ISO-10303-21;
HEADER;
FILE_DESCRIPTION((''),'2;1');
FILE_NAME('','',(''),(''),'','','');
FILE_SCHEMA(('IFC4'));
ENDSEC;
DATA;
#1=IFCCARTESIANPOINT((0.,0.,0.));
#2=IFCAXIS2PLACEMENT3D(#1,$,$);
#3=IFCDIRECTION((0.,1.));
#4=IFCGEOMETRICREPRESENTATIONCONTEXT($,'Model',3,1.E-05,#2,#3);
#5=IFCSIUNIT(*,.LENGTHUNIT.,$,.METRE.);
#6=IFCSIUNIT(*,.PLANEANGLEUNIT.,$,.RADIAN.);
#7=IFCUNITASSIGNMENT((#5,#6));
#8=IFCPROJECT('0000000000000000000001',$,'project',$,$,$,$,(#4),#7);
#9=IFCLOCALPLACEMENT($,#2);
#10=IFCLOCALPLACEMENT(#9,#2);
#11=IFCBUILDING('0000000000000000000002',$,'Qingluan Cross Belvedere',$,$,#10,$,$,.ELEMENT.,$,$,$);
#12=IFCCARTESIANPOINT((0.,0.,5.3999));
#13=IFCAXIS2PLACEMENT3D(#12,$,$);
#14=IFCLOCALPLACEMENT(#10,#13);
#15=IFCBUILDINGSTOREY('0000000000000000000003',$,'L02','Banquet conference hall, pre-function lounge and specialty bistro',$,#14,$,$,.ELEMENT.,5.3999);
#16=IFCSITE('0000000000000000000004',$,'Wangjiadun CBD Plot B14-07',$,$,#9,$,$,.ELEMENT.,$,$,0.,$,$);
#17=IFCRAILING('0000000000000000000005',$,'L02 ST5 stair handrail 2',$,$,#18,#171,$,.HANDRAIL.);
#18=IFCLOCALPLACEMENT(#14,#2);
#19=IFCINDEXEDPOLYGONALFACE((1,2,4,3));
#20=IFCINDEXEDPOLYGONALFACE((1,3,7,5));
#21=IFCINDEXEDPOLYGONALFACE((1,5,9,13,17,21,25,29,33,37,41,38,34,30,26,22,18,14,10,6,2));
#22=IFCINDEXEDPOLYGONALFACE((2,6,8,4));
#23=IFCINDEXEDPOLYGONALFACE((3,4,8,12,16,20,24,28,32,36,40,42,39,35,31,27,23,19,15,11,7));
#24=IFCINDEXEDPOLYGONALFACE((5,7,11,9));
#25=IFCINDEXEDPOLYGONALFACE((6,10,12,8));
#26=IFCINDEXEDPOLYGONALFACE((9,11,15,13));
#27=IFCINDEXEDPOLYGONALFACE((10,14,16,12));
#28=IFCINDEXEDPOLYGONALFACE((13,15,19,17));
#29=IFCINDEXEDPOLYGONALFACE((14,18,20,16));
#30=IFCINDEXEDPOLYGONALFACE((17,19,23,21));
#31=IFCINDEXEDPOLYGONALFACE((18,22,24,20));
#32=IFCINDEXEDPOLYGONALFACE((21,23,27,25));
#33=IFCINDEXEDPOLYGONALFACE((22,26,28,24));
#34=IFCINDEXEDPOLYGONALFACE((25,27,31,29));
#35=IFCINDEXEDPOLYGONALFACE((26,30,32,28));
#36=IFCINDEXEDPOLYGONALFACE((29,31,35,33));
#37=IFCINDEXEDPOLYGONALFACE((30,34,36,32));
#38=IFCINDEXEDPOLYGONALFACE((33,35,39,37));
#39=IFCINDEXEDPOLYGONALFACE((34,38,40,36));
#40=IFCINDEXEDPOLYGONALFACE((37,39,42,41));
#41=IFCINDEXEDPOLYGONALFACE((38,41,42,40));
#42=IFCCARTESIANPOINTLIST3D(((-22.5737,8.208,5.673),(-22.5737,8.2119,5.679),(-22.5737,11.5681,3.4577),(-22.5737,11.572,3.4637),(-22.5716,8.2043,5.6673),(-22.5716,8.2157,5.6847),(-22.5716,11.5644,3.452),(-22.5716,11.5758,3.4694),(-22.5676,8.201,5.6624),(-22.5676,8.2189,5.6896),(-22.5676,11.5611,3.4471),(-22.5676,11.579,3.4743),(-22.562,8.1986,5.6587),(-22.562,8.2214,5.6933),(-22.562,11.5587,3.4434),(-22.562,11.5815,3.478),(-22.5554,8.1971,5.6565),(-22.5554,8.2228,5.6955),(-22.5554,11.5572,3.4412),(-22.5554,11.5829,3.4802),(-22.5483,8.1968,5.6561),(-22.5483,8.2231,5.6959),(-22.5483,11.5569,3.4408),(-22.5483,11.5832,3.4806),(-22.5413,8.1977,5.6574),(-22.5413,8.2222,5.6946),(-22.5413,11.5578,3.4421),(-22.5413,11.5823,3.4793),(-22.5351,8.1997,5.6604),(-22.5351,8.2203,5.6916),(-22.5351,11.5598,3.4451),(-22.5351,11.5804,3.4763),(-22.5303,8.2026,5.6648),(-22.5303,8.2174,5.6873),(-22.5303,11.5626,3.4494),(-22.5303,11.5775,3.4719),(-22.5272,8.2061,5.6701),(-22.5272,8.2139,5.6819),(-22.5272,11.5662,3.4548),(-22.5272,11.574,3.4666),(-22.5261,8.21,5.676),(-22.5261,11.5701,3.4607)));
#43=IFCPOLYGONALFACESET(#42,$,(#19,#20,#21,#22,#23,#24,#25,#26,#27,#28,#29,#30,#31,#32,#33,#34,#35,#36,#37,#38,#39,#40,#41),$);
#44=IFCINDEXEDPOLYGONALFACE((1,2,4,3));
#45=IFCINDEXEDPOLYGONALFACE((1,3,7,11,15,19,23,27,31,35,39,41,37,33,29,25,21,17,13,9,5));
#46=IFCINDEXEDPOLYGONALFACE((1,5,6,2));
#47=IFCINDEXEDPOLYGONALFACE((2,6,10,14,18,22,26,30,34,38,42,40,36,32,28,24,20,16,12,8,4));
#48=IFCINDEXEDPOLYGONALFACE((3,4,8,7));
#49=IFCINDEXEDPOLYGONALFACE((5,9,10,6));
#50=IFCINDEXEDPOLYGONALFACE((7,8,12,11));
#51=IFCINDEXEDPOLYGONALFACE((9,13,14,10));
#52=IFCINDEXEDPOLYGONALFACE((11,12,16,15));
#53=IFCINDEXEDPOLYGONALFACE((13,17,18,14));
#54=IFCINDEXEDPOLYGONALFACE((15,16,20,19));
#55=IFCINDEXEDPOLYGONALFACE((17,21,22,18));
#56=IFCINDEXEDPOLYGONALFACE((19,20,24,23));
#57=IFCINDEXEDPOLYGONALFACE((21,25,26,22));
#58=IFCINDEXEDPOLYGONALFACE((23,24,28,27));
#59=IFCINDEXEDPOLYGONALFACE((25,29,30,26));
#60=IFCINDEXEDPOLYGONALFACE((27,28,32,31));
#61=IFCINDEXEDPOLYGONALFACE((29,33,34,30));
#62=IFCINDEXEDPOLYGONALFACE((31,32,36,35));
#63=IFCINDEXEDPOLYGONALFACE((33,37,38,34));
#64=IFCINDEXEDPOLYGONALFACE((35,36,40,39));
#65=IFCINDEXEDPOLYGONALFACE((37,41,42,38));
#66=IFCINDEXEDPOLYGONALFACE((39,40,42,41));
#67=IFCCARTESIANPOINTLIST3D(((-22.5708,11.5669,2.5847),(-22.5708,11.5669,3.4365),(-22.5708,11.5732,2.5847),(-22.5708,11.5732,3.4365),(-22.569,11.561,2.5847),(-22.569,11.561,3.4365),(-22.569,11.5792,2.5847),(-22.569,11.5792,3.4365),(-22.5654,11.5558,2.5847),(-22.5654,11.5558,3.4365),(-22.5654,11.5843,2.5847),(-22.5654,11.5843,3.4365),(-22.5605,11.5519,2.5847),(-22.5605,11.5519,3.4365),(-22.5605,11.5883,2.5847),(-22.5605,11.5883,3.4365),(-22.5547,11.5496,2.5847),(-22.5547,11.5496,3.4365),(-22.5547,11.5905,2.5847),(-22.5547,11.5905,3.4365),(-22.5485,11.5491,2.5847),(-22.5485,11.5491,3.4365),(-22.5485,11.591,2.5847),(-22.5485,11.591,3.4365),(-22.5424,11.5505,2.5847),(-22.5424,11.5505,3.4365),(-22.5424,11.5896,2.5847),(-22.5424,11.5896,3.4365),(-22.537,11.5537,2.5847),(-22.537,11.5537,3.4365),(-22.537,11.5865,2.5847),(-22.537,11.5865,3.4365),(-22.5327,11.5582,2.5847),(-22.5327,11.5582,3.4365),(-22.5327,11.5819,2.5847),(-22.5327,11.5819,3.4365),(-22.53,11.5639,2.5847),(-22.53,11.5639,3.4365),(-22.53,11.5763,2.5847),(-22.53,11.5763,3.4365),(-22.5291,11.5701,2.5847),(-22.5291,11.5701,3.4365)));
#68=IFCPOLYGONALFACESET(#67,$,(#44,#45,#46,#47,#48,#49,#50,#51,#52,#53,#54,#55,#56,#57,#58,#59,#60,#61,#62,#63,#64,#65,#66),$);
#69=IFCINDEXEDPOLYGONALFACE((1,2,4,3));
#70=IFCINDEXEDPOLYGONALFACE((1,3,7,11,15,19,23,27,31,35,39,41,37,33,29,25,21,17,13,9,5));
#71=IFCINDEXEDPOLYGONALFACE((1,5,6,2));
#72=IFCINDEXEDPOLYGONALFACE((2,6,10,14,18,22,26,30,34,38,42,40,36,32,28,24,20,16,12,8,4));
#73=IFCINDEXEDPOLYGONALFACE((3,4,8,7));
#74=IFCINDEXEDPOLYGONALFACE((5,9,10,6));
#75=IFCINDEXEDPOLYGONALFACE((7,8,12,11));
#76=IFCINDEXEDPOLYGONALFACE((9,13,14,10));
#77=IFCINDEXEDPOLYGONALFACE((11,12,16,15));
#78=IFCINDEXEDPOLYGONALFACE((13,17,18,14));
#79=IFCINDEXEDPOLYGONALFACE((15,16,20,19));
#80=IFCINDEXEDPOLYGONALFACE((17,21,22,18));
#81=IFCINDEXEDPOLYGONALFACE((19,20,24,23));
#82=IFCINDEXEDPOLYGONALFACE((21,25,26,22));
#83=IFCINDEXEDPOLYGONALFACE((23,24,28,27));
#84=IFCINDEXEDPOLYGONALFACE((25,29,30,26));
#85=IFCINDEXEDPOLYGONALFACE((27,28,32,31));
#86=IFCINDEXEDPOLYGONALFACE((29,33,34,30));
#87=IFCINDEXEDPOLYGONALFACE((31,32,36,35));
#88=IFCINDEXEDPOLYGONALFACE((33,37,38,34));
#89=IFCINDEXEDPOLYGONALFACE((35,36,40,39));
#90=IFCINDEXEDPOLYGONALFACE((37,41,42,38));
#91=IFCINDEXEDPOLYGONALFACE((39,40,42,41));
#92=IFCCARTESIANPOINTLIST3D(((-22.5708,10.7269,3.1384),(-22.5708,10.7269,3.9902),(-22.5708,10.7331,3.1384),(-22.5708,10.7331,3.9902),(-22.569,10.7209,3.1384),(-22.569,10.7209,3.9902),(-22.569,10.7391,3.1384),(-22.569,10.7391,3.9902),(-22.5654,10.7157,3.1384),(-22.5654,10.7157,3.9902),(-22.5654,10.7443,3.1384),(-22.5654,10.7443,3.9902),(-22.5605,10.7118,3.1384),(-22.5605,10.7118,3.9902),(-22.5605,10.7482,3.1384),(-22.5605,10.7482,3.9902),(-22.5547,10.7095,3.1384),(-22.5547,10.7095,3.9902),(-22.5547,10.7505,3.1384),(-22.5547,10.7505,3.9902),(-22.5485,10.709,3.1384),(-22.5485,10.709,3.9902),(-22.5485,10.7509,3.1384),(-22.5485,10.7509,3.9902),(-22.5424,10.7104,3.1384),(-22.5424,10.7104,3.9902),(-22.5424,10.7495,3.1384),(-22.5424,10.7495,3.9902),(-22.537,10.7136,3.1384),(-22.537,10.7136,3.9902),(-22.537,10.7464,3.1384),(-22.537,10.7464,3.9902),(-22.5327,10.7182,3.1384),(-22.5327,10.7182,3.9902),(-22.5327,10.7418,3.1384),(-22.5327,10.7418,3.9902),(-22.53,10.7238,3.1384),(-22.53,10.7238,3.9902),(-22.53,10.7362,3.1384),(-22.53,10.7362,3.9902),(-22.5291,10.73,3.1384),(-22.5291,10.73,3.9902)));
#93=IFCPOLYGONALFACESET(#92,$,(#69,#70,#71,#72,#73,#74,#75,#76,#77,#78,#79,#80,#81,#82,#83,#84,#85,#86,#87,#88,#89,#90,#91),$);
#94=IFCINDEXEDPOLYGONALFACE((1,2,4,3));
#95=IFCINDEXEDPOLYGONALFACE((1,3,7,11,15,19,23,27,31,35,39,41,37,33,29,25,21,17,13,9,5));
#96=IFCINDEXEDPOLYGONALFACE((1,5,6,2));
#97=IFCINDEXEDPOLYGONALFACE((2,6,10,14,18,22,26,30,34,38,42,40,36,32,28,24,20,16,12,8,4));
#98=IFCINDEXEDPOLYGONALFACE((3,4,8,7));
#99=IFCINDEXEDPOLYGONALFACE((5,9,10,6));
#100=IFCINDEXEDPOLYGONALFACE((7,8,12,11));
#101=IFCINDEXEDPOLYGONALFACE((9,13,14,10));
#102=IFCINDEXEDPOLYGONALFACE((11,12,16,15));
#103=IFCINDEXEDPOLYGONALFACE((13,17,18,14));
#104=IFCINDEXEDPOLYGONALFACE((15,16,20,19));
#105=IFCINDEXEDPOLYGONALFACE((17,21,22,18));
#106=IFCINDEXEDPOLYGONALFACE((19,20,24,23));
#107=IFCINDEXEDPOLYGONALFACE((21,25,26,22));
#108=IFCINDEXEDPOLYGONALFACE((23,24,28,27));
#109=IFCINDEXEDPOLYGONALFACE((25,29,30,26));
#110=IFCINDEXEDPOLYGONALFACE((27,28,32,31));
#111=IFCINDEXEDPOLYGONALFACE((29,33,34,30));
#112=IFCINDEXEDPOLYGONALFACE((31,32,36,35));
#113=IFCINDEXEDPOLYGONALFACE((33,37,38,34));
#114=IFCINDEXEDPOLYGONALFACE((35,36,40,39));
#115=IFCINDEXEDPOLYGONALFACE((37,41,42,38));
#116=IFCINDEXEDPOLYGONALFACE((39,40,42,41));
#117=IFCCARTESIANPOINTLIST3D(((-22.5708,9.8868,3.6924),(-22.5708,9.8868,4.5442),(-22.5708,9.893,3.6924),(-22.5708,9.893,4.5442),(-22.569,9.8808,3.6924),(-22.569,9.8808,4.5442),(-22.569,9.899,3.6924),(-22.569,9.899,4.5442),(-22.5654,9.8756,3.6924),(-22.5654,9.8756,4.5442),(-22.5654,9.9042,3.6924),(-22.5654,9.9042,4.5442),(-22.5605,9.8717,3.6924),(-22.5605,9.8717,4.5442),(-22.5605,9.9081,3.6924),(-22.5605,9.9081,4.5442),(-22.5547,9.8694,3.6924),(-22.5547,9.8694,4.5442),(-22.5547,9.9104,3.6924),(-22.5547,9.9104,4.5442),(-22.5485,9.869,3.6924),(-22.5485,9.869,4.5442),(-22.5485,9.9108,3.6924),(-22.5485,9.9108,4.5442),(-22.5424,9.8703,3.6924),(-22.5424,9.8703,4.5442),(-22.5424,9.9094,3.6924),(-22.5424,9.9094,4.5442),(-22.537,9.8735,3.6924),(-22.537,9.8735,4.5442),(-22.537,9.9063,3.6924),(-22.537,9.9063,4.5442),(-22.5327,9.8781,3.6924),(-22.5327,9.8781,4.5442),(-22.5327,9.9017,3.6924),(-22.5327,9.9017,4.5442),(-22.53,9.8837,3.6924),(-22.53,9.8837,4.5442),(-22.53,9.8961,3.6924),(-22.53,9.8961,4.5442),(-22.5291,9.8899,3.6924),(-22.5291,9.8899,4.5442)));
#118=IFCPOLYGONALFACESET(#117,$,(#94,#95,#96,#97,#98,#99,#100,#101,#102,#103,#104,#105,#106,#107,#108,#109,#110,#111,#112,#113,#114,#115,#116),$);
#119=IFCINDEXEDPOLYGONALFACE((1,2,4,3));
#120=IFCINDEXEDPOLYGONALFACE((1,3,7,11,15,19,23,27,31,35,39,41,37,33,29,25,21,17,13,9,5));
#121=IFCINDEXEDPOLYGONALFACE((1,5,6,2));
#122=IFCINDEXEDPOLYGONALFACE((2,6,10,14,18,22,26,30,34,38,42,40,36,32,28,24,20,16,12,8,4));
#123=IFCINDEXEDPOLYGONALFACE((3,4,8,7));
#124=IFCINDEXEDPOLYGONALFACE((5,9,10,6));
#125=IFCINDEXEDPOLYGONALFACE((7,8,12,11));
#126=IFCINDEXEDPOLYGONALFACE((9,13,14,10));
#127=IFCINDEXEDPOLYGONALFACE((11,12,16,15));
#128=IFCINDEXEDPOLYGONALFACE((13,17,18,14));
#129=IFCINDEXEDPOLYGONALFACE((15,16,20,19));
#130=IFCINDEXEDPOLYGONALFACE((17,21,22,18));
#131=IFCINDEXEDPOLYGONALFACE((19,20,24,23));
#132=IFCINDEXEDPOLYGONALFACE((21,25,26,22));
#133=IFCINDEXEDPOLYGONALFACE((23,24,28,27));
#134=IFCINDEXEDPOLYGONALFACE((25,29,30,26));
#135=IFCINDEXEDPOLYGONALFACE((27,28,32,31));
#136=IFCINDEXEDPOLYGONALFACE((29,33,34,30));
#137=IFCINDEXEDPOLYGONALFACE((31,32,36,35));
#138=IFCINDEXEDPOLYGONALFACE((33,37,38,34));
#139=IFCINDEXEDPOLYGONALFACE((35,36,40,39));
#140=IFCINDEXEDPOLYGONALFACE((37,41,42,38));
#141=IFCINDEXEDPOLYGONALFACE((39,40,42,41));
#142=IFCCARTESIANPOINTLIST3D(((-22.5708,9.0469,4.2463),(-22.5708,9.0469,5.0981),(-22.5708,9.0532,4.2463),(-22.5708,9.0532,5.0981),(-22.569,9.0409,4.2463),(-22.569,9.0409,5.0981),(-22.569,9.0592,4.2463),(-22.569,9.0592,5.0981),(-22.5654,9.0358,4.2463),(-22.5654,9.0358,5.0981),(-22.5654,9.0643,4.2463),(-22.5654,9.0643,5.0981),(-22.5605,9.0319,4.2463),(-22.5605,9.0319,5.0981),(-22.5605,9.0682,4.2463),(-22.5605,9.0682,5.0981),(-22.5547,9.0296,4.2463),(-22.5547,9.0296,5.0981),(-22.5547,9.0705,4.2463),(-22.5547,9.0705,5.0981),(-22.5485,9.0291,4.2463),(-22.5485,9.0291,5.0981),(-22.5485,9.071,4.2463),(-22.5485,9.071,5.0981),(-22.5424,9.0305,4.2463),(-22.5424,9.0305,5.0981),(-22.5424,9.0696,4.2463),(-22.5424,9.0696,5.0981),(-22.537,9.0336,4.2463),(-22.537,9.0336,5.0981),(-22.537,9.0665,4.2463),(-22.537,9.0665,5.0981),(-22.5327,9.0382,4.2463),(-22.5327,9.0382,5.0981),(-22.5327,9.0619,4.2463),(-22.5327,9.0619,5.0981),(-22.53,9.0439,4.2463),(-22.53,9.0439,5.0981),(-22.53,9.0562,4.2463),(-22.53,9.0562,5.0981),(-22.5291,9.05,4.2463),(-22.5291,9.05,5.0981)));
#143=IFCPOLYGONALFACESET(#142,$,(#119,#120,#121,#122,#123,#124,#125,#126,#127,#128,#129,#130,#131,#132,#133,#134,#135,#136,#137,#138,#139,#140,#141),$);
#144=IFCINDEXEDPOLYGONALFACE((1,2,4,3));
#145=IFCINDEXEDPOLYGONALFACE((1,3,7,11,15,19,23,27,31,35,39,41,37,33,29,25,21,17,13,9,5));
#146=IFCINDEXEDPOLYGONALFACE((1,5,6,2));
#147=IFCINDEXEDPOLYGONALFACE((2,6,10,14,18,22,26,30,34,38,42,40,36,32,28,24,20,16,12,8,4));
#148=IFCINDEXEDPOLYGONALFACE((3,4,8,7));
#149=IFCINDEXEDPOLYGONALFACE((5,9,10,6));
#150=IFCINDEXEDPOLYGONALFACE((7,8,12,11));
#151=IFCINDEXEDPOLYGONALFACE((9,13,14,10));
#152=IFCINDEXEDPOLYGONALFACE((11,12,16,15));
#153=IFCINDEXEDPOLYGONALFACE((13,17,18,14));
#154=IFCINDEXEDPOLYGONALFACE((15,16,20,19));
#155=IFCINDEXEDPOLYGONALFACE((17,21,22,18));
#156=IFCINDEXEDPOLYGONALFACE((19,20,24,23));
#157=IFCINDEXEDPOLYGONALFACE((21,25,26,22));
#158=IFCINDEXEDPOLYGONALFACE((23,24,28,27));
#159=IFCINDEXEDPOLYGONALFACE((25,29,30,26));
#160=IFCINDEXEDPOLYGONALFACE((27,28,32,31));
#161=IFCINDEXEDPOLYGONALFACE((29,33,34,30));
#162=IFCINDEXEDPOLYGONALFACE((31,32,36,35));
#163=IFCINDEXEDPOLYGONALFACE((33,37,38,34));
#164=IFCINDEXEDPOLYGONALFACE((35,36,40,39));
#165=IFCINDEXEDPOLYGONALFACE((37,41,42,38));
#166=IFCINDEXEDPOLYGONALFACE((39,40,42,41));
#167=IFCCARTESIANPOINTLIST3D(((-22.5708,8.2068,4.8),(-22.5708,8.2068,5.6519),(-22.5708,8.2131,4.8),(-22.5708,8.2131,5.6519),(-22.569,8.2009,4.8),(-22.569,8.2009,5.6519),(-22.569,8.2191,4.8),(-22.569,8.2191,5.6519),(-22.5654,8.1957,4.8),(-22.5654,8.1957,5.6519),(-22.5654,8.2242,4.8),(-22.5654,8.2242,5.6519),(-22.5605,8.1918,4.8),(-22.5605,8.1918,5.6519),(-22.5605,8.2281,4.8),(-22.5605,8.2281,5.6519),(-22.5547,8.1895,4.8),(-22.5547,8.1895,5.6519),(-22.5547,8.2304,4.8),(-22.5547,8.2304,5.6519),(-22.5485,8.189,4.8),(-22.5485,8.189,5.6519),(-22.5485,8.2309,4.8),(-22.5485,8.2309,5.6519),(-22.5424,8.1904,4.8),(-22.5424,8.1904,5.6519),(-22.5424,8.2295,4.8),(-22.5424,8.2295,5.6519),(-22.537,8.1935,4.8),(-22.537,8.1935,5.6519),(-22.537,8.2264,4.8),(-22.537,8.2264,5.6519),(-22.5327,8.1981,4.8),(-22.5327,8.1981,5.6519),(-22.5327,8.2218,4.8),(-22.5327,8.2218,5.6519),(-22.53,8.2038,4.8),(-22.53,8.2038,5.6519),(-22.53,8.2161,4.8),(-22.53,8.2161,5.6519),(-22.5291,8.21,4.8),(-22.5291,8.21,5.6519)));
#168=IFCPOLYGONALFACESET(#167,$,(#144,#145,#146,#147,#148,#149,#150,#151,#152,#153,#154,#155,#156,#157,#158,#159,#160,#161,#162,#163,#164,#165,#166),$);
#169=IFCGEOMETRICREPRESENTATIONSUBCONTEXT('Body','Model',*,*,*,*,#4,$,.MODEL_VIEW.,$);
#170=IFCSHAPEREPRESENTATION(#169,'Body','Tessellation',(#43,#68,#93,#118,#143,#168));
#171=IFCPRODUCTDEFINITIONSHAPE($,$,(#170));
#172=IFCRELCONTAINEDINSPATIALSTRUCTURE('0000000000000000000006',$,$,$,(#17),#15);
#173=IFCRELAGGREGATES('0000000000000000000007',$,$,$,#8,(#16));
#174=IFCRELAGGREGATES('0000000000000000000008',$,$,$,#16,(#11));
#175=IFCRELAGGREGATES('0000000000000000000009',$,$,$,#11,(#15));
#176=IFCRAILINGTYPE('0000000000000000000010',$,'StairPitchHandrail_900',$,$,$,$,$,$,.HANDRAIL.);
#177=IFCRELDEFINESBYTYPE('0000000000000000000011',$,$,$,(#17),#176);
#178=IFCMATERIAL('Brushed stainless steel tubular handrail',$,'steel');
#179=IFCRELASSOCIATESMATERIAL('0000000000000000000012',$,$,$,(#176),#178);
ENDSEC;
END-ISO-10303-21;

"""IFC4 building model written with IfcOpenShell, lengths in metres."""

from ifc_helpers import new_model, si_unit, direction, frame, origin, origin_2d, place, context, subcontext, project, spatial, circle, extrude, material, type_object, element, save


model = new_model("IFC4")

# Units and contexts
model_context = context("Model", 3, precision=1e-05, world=origin(), true_north=direction((0.0, 1.0)))
body_context = subcontext(model_context, "Body", "Model", "MODEL_VIEW")
ifc_project = project(units=[si_unit("LENGTHUNIT", "METRE"), si_unit("PLANEANGLEUNIT", "RADIAN")], contexts=[model_context])

# Site, building, storey
site_placement = place(None, origin())
site = spatial("IfcSite", under=ifc_project, at=site_placement, Name="Wangjiadun CBD Plot B14-07", CompositionType="ELEMENT", RefElevation=0.0)
building_placement = place(site_placement, origin())
building = spatial("IfcBuilding", under=site, at=building_placement, Name="Qingluan Cross Belvedere", CompositionType="ELEMENT")
storey_placement = place(building_placement, frame((0.0, 0.0, 5.3999)))
storey = spatial("IfcBuildingStorey", under=building, at=storey_placement, Name="L02", Description="Banquet conference hall, pre-function lounge and specialty bistro", CompositionType="ELEMENT", Elevation=5.3999)

# Railing
ifc_material_1 = material(Name="Brushed stainless steel tubular handrail", Category="steel")
railing_type_1 = type_object("IfcRailingType", Name="StairPitchHandrail_900", PredefinedType="HANDRAIL", material=ifc_material_1)
railing_1_placement = place(storey_placement, frame((-22.55, 11.5701, 2.5847)))
element("IfcRailing", 1, at=railing_1_placement, inside=storey, type_object=railing_type_1, Name="L02 ST5 stair handrail 2", PredefinedType="HANDRAIL", context=body_context, shape_type="SweptSolid", body=[
    extrude(circle(Radius=0.0239, at=origin_2d()), frame((0.0, 0.0, 0.876), z_axis=(0.0, -0.834876, 0.550437), x_axis=(1.0, 0.0, 0.0)), (0.0, 0.0, 1.0), 4.0247),
    extrude(circle(Radius=0.021, at=origin_2d()), origin(), (0.0, 0.0, 1.0), 0.8518),
    extrude(circle(Radius=0.021, at=origin_2d()), frame((0.0, -0.8401, 0.5537)), (0.0, 0.0, 1.0), 0.8518),
    extrude(circle(Radius=0.021, at=origin_2d()), frame((0.0, -1.6802, 1.1077)), (0.0, 0.0, 1.0), 0.8518),
    extrude(circle(Radius=0.021, at=origin_2d()), frame((0.0, -2.52, 1.6616)), (0.0, 0.0, 1.0), 0.8518),
    extrude(circle(Radius=0.021, at=origin_2d()), frame((0.0, -3.3601, 2.2153)), (0.0, 0.0, 1.0), 0.8518),
])

save(model, "model.ifc")
